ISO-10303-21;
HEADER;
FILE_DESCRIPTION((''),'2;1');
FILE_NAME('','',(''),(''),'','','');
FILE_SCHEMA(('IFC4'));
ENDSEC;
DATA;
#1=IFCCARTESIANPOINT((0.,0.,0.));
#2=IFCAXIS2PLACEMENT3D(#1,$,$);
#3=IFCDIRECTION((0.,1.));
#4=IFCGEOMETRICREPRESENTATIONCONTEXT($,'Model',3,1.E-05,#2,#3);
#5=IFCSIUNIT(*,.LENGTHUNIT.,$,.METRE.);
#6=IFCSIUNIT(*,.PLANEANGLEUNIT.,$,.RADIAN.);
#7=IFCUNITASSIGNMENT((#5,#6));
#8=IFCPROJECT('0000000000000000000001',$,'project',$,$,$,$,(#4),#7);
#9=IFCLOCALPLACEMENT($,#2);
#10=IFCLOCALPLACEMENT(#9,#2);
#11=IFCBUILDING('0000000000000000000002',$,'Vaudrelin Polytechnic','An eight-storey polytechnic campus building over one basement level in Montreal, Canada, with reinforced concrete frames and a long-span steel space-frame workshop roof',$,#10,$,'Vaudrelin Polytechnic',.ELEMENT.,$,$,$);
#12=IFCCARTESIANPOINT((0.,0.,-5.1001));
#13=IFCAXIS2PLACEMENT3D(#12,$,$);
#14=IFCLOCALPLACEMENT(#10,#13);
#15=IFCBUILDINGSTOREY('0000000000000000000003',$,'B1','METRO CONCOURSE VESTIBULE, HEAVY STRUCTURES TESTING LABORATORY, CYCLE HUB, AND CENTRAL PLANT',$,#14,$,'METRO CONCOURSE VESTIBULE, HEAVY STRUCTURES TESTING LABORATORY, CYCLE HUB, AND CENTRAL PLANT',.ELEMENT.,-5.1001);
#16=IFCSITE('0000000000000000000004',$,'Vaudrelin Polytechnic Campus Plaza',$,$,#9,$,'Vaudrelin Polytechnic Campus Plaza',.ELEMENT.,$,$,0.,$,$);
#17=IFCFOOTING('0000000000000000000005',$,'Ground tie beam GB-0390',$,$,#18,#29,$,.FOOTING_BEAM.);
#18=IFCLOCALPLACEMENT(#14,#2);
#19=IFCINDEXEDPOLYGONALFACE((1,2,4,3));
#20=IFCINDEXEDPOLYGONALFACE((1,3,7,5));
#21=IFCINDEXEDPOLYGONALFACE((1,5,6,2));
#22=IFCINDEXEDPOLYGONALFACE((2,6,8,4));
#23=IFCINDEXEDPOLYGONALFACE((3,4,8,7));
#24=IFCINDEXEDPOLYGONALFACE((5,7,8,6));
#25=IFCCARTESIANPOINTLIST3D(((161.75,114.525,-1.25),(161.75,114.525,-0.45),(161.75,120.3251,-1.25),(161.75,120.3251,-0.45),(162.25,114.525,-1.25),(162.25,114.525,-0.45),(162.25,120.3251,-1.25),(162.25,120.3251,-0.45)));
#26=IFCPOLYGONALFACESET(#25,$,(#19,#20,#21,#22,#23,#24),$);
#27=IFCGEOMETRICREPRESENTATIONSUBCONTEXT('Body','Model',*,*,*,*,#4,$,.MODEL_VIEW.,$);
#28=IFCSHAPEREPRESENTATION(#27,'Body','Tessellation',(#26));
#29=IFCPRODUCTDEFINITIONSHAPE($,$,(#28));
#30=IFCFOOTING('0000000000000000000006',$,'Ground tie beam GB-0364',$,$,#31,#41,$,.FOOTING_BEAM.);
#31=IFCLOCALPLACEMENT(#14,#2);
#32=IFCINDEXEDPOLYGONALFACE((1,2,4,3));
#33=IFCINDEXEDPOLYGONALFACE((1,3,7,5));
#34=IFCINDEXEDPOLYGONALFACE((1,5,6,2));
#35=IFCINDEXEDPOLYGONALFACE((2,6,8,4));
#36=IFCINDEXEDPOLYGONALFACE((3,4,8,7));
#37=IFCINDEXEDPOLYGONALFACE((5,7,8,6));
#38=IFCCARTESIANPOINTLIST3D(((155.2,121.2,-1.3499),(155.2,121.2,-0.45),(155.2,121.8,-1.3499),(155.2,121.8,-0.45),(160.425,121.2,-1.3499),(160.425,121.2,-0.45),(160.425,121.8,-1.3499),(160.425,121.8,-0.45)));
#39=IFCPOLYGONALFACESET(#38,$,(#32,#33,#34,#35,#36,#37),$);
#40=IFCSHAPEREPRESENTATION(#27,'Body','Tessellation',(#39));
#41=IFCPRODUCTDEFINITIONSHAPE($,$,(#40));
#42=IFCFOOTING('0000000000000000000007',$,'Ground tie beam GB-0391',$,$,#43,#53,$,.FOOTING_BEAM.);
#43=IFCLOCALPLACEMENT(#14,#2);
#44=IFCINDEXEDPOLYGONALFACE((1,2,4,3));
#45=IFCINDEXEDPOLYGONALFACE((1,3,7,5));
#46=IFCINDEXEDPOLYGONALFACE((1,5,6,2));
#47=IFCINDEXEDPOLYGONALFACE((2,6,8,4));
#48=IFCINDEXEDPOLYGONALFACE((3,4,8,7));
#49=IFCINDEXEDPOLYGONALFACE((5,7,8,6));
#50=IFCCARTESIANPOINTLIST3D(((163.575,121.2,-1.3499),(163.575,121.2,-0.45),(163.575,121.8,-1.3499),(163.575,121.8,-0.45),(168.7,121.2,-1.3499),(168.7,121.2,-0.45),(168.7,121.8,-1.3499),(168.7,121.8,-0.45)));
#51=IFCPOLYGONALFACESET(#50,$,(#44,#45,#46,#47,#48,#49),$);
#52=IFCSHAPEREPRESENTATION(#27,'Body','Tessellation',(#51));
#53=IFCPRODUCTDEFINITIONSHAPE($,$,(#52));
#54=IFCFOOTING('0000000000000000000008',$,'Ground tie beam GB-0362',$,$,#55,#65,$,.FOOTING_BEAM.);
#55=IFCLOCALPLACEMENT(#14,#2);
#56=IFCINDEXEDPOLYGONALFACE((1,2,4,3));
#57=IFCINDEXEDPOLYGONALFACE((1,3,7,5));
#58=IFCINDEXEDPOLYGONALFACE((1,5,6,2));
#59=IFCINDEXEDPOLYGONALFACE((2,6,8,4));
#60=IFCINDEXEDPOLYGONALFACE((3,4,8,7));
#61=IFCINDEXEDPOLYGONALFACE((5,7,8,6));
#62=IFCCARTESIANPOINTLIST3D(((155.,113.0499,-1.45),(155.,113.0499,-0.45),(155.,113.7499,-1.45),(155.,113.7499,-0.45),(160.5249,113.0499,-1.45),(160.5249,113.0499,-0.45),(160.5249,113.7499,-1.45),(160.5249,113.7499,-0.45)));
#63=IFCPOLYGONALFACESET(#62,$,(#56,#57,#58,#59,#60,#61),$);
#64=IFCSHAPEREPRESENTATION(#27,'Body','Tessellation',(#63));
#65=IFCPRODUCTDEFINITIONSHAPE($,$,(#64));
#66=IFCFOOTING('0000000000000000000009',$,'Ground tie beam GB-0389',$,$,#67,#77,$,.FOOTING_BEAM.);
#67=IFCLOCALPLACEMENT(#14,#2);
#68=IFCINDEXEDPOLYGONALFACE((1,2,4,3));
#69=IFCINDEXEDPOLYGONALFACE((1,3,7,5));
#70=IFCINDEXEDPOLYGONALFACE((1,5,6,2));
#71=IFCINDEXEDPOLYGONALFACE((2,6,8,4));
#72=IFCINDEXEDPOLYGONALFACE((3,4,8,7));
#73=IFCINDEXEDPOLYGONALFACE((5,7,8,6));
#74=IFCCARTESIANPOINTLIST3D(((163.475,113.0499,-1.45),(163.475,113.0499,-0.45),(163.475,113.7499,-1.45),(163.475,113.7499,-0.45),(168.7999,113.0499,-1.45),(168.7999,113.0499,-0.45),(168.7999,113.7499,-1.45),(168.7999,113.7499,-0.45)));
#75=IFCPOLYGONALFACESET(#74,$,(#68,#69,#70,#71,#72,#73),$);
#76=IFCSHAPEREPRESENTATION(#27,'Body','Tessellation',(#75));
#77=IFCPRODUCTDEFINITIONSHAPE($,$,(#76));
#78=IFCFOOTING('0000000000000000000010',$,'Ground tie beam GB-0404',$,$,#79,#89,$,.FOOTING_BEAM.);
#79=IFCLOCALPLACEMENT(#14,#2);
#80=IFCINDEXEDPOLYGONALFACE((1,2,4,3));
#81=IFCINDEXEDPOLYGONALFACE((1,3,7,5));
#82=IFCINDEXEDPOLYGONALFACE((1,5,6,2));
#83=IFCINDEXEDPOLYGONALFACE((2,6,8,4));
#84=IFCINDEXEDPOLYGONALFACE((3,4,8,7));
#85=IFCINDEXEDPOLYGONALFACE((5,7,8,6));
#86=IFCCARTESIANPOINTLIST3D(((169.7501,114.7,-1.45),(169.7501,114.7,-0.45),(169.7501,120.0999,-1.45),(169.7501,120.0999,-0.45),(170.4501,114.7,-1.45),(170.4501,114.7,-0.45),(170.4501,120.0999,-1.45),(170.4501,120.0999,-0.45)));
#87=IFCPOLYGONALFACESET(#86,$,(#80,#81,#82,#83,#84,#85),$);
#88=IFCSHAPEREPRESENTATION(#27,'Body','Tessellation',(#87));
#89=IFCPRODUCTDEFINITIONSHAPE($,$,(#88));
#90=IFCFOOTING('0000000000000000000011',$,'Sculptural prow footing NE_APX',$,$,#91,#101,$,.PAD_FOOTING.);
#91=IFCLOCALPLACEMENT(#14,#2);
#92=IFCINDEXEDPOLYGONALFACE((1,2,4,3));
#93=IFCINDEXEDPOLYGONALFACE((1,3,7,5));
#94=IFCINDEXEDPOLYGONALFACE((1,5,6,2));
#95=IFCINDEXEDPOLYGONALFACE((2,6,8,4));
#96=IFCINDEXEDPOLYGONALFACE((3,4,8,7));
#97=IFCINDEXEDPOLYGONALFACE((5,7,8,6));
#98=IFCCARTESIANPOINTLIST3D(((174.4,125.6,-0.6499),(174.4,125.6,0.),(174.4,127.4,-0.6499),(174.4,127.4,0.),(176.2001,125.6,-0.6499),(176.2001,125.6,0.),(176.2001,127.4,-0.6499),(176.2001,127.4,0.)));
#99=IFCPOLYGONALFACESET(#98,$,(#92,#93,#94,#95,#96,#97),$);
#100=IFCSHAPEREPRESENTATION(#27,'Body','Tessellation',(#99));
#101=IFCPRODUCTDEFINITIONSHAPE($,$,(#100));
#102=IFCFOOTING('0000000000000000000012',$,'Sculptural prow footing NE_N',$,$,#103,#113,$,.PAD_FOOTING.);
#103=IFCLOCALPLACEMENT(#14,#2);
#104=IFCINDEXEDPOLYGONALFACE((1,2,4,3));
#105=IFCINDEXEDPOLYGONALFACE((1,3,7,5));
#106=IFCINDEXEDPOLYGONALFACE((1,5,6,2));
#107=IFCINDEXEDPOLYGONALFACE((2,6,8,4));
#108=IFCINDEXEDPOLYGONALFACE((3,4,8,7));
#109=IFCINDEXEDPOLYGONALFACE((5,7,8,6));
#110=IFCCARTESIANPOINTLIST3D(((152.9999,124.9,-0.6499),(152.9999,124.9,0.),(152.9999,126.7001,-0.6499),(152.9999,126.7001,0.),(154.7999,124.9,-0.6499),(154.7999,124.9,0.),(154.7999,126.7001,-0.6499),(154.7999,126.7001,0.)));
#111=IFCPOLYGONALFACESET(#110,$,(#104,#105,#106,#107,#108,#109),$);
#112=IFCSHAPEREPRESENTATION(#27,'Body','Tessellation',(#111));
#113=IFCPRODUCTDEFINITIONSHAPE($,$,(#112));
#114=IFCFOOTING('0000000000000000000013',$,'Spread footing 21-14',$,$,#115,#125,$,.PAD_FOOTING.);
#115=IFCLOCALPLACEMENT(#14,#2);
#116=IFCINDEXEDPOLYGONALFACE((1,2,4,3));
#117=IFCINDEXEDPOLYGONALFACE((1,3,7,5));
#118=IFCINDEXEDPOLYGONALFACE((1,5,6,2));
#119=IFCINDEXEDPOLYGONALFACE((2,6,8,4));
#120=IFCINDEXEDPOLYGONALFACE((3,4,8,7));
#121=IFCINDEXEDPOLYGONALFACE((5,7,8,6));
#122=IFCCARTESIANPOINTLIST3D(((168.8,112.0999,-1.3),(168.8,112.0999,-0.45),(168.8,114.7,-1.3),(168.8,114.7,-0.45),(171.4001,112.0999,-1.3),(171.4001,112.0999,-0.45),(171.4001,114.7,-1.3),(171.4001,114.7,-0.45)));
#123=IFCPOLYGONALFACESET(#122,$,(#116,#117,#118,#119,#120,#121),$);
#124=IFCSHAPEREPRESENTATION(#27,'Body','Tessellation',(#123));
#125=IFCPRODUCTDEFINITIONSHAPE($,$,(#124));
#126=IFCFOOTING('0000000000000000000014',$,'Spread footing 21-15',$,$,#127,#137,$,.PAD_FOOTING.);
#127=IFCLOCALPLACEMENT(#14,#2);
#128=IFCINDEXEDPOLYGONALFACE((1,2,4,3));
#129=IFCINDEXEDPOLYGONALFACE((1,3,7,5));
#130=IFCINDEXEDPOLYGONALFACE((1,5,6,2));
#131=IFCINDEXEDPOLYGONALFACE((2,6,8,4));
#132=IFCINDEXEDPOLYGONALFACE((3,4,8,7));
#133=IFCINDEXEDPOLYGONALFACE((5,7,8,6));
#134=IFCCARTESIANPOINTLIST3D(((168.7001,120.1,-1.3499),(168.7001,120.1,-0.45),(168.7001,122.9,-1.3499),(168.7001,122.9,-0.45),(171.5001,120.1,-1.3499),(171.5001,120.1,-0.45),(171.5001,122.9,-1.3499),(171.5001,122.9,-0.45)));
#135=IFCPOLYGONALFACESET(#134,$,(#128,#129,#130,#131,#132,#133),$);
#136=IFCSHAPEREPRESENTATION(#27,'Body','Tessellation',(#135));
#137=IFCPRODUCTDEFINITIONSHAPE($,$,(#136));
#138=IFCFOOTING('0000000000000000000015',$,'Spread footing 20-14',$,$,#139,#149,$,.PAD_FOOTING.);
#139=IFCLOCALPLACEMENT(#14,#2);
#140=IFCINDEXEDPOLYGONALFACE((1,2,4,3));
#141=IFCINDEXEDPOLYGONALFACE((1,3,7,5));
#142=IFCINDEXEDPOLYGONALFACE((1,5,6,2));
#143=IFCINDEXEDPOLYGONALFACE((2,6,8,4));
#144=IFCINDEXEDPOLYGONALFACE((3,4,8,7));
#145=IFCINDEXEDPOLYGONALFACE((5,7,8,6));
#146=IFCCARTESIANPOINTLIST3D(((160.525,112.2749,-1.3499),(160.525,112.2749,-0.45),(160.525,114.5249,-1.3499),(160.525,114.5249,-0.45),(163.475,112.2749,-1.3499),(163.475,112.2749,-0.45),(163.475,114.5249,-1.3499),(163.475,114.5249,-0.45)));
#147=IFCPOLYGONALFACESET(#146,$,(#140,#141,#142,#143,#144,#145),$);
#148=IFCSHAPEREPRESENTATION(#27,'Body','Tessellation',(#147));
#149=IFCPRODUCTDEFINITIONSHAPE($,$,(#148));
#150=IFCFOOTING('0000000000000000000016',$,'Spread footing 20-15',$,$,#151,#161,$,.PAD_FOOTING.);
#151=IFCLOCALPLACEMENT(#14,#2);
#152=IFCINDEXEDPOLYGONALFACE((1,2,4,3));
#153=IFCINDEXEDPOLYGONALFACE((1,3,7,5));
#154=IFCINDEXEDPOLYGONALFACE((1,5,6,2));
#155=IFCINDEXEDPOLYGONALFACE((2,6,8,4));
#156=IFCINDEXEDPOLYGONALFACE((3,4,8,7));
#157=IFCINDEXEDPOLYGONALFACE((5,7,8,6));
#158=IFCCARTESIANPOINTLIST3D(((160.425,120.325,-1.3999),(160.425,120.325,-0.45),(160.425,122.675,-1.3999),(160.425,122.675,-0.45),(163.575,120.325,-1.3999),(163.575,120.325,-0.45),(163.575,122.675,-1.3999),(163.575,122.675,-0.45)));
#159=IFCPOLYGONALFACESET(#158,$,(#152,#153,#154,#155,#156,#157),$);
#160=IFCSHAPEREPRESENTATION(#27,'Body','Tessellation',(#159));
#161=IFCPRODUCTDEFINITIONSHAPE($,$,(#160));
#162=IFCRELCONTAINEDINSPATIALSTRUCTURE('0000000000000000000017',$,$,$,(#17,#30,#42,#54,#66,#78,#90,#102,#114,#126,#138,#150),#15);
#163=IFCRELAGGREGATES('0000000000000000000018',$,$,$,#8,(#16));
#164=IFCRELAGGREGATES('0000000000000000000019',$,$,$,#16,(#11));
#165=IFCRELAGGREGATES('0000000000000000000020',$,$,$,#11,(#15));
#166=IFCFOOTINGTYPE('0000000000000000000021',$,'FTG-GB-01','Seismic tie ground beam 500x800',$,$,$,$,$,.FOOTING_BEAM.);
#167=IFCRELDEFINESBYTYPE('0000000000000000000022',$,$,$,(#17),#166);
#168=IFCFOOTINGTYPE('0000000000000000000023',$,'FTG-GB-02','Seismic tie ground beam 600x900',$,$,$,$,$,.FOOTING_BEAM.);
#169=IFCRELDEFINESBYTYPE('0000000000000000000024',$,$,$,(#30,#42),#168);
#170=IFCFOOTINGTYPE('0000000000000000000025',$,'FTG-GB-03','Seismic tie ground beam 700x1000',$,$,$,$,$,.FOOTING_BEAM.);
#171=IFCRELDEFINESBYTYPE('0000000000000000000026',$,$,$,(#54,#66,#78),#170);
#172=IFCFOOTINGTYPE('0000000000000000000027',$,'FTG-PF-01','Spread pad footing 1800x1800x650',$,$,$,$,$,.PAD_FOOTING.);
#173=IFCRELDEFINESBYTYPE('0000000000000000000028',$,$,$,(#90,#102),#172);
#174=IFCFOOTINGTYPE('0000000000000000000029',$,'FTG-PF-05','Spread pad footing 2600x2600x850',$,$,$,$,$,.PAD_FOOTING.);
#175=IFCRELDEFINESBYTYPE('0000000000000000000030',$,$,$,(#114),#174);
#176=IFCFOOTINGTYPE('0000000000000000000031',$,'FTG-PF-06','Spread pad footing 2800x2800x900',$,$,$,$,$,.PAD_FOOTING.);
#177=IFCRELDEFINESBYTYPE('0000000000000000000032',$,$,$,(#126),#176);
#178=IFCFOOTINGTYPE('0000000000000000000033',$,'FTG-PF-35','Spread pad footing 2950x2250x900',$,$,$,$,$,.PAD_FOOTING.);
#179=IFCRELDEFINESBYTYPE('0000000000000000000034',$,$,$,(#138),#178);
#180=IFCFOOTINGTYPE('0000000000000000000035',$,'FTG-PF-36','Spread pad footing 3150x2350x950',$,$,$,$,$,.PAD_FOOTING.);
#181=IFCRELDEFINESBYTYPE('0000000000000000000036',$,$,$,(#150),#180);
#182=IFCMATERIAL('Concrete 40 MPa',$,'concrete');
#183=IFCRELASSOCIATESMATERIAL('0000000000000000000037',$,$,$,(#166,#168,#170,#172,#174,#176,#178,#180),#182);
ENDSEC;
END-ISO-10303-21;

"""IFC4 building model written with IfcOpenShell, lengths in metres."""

from ifc_helpers import new_model, si_unit, direction, frame, origin, origin_2d, place, context, subcontext, project, spatial, rectangle, extrude, material, type_object, element, save


model = new_model("IFC4")

# Units and contexts
model_context = context("Model", 3, precision=1e-05, world=origin(), true_north=direction((0.0, 1.0)))
body_context = subcontext(model_context, "Body", "Model", "MODEL_VIEW")
ifc_project = project(units=[si_unit("LENGTHUNIT", "METRE"), si_unit("PLANEANGLEUNIT", "RADIAN")], contexts=[model_context])

# Site, building, storey
site_placement = place(None, origin())
site = spatial("IfcSite", under=ifc_project, at=site_placement, Name="Vaudrelin Polytechnic Campus Plaza", LongName="Vaudrelin Polytechnic Campus Plaza", CompositionType="ELEMENT", RefElevation=0.0)
building_placement = place(site_placement, origin())
building = spatial("IfcBuilding", under=site, at=building_placement, Name="Vaudrelin Polytechnic", Description="An eight-storey polytechnic campus building over one basement level in Montreal, Canada, with reinforced concrete frames and a long-span steel space-frame workshop roof", LongName="Vaudrelin Polytechnic", CompositionType="ELEMENT")
storey_placement = place(building_placement, frame((0.0, 0.0, -5.1001)))
storey = spatial("IfcBuildingStorey", under=building, at=storey_placement, Name="B1", Description="METRO CONCOURSE VESTIBULE, HEAVY STRUCTURES TESTING LABORATORY, CYCLE HUB, AND CENTRAL PLANT", LongName="METRO CONCOURSE VESTIBULE, HEAVY STRUCTURES TESTING LABORATORY, CYCLE HUB, AND CENTRAL PLANT", CompositionType="ELEMENT", Elevation=-5.1001)

# Footings
ifc_material_1 = material(Name="Concrete 40 MPa", Category="concrete")
footing_type_1 = type_object("IfcFootingType", Name="FTG-GB-01", Description="Seismic tie ground beam 500x800", PredefinedType="FOOTING_BEAM", material=ifc_material_1)
footing_1_placement = place(storey_placement, frame((162.0, 117.425, -1.25), z_axis=(0.0, 0.0, 1.0), x_axis=(1.0, 0.0, 0.0)))
element("IfcFooting", 1, at=footing_1_placement, inside=storey, type_object=footing_type_1, Name="Ground tie beam GB-0390", PredefinedType="FOOTING_BEAM", context=body_context, shape_type="SweptSolid", body=[
    extrude(rectangle(XDim=0.5, YDim=5.8, at=origin_2d()), origin(), (0.0, 0.0, 1.0), 0.8),
])
footing_type_2 = type_object("IfcFootingType", Name="FTG-GB-02", Description="Seismic tie ground beam 600x900", PredefinedType="FOOTING_BEAM", material=ifc_material_1)
footing_2_placement = place(storey_placement, frame((157.8125, 121.5, -1.3499), z_axis=(0.0, 0.0, 1.0), x_axis=(1.0, 0.0, 0.0)))
element("IfcFooting", 2, at=footing_2_placement, inside=storey, type_object=footing_type_2, Name="Ground tie beam GB-0364", PredefinedType="FOOTING_BEAM", context=body_context, shape_type="SweptSolid", body=[
    extrude(rectangle(XDim=5.2251, YDim=0.6001, at=origin_2d()), origin(), (0.0, 0.0, 1.0), 0.8999),
])
footing_3_placement = place(storey_placement, frame((166.1375, 121.5, -1.3499), z_axis=(0.0, 0.0, 1.0), x_axis=(1.0, 0.0, 0.0)))
element("IfcFooting", 3, at=footing_3_placement, inside=storey, type_object=footing_type_2, Name="Ground tie beam GB-0391", PredefinedType="FOOTING_BEAM", context=body_context, shape_type="SweptSolid", body=[
    extrude(rectangle(XDim=5.125, YDim=0.6001, at=origin_2d()), origin(), (0.0, 0.0, 1.0), 0.8999),
])
footing_type_3 = type_object("IfcFootingType", Name="FTG-GB-03", Description="Seismic tie ground beam 700x1000", PredefinedType="FOOTING_BEAM", material=ifc_material_1)
footing_4_placement = place(storey_placement, frame((157.7625, 113.3999, -1.45), z_axis=(0.0, 0.0, 1.0), x_axis=(1.0, 0.0, 0.0)))
element("IfcFooting", 4, at=footing_4_placement, inside=storey, type_object=footing_type_3, Name="Ground tie beam GB-0362", PredefinedType="FOOTING_BEAM", context=body_context, shape_type="SweptSolid", body=[
    extrude(rectangle(XDim=5.5249, YDim=0.7, at=origin_2d()), origin(), (0.0, 0.0, 1.0), 1.0),
])
footing_5_placement = place(storey_placement, frame((166.1375, 113.3999, -1.45), z_axis=(0.0, 0.0, 1.0), x_axis=(1.0, 0.0, 0.0)))
element("IfcFooting", 5, at=footing_5_placement, inside=storey, type_object=footing_type_3, Name="Ground tie beam GB-0389", PredefinedType="FOOTING_BEAM", context=body_context, shape_type="SweptSolid", body=[
    extrude(rectangle(XDim=5.325, YDim=0.7, at=origin_2d()), origin(), (0.0, 0.0, 1.0), 1.0),
])
footing_6_placement = place(storey_placement, frame((170.1001, 117.3999, -1.45), z_axis=(0.0, 0.0, 1.0), x_axis=(1.0, 0.0, 0.0)))
element("IfcFooting", 6, at=footing_6_placement, inside=storey, type_object=footing_type_3, Name="Ground tie beam GB-0404", PredefinedType="FOOTING_BEAM", context=body_context, shape_type="SweptSolid", body=[
    extrude(rectangle(XDim=0.7, YDim=5.3999, at=origin_2d()), origin(), (0.0, 0.0, 1.0), 1.0),
])
footing_type_4 = type_object("IfcFootingType", Name="FTG-PF-01", Description="Spread pad footing 1800x1800x650", PredefinedType="PAD_FOOTING", material=ifc_material_1)
for number, where, z_axis, x_axis, name in (
    (7, (175.3, 126.5, -0.6499), (0.0, 0.0, 1.0), (1.0, 0.0, 0.0), "Sculptural prow footing NE_APX"),
    (8, (153.8999, 125.8, -0.6499), (0.0, 0.0, 1.0), (1.0, 0.0, 0.0), "Sculptural prow footing NE_N"),
):
    element("IfcFooting", number, at=place(storey_placement, frame(where, z_axis=z_axis, x_axis=x_axis)), inside=storey, type_object=footing_type_4, Name=name, PredefinedType="PAD_FOOTING", context=body_context, shape_type="SweptSolid", body=[
        extrude(rectangle(XDim=1.8, YDim=1.8, at=origin_2d()), origin(), (0.0, 0.0, 1.0), 0.6499),
    ])
footing_type_5 = type_object("IfcFootingType", Name="FTG-PF-05", Description="Spread pad footing 2600x2600x850", PredefinedType="PAD_FOOTING", material=ifc_material_1)
footing_7_placement = place(storey_placement, frame((170.1001, 113.3999, -1.3), z_axis=(0.0, 0.0, 1.0), x_axis=(1.0, 0.0, 0.0)))
element("IfcFooting", 9, at=footing_7_placement, inside=storey, type_object=footing_type_5, Name="Spread footing 21-14", PredefinedType="PAD_FOOTING", context=body_context, shape_type="SweptSolid", body=[
    extrude(rectangle(XDim=2.6001, YDim=2.6001, at=origin_2d()), origin(), (0.0, 0.0, 1.0), 0.8501),
])
footing_type_6 = type_object("IfcFootingType", Name="FTG-PF-06", Description="Spread pad footing 2800x2800x900", PredefinedType="PAD_FOOTING", material=ifc_material_1)
footing_8_placement = place(storey_placement, frame((170.1001, 121.5, -1.3499), z_axis=(0.0, 0.0, 1.0), x_axis=(1.0, 0.0, 0.0)))
element("IfcFooting", 10, at=footing_8_placement, inside=storey, type_object=footing_type_6, Name="Spread footing 21-15", PredefinedType="PAD_FOOTING", context=body_context, shape_type="SweptSolid", body=[
    extrude(rectangle(XDim=2.8, YDim=2.8, at=origin_2d()), origin(), (0.0, 0.0, 1.0), 0.8999),
])
footing_type_7 = type_object("IfcFootingType", Name="FTG-PF-35", Description="Spread pad footing 2950x2250x900", PredefinedType="PAD_FOOTING", material=ifc_material_1)
footing_9_placement = place(storey_placement, frame((162.0, 113.3999, -1.3499), z_axis=(0.0, 0.0, 1.0), x_axis=(1.0, 0.0, 0.0)))
element("IfcFooting", 11, at=footing_9_placement, inside=storey, type_object=footing_type_7, Name="Spread footing 20-14", PredefinedType="PAD_FOOTING", context=body_context, shape_type="SweptSolid", body=[
    extrude(rectangle(XDim=2.95, YDim=2.25, at=origin_2d()), origin(), (0.0, 0.0, 1.0), 0.8999),
])
footing_type_8 = type_object("IfcFootingType", Name="FTG-PF-36", Description="Spread pad footing 3150x2350x950", PredefinedType="PAD_FOOTING", material=ifc_material_1)
footing_10_placement = place(storey_placement, frame((162.0, 121.5, -1.3999), z_axis=(0.0, 0.0, 1.0), x_axis=(1.0, 0.0, 0.0)))
element("IfcFooting", 12, at=footing_10_placement, inside=storey, type_object=footing_type_8, Name="Spread footing 20-15", PredefinedType="PAD_FOOTING", context=body_context, shape_type="SweptSolid", body=[
    extrude(rectangle(XDim=3.1499, YDim=2.3501, at=origin_2d()), origin(), (0.0, 0.0, 1.0), 0.95),
])

save(model, "model.ifc")
